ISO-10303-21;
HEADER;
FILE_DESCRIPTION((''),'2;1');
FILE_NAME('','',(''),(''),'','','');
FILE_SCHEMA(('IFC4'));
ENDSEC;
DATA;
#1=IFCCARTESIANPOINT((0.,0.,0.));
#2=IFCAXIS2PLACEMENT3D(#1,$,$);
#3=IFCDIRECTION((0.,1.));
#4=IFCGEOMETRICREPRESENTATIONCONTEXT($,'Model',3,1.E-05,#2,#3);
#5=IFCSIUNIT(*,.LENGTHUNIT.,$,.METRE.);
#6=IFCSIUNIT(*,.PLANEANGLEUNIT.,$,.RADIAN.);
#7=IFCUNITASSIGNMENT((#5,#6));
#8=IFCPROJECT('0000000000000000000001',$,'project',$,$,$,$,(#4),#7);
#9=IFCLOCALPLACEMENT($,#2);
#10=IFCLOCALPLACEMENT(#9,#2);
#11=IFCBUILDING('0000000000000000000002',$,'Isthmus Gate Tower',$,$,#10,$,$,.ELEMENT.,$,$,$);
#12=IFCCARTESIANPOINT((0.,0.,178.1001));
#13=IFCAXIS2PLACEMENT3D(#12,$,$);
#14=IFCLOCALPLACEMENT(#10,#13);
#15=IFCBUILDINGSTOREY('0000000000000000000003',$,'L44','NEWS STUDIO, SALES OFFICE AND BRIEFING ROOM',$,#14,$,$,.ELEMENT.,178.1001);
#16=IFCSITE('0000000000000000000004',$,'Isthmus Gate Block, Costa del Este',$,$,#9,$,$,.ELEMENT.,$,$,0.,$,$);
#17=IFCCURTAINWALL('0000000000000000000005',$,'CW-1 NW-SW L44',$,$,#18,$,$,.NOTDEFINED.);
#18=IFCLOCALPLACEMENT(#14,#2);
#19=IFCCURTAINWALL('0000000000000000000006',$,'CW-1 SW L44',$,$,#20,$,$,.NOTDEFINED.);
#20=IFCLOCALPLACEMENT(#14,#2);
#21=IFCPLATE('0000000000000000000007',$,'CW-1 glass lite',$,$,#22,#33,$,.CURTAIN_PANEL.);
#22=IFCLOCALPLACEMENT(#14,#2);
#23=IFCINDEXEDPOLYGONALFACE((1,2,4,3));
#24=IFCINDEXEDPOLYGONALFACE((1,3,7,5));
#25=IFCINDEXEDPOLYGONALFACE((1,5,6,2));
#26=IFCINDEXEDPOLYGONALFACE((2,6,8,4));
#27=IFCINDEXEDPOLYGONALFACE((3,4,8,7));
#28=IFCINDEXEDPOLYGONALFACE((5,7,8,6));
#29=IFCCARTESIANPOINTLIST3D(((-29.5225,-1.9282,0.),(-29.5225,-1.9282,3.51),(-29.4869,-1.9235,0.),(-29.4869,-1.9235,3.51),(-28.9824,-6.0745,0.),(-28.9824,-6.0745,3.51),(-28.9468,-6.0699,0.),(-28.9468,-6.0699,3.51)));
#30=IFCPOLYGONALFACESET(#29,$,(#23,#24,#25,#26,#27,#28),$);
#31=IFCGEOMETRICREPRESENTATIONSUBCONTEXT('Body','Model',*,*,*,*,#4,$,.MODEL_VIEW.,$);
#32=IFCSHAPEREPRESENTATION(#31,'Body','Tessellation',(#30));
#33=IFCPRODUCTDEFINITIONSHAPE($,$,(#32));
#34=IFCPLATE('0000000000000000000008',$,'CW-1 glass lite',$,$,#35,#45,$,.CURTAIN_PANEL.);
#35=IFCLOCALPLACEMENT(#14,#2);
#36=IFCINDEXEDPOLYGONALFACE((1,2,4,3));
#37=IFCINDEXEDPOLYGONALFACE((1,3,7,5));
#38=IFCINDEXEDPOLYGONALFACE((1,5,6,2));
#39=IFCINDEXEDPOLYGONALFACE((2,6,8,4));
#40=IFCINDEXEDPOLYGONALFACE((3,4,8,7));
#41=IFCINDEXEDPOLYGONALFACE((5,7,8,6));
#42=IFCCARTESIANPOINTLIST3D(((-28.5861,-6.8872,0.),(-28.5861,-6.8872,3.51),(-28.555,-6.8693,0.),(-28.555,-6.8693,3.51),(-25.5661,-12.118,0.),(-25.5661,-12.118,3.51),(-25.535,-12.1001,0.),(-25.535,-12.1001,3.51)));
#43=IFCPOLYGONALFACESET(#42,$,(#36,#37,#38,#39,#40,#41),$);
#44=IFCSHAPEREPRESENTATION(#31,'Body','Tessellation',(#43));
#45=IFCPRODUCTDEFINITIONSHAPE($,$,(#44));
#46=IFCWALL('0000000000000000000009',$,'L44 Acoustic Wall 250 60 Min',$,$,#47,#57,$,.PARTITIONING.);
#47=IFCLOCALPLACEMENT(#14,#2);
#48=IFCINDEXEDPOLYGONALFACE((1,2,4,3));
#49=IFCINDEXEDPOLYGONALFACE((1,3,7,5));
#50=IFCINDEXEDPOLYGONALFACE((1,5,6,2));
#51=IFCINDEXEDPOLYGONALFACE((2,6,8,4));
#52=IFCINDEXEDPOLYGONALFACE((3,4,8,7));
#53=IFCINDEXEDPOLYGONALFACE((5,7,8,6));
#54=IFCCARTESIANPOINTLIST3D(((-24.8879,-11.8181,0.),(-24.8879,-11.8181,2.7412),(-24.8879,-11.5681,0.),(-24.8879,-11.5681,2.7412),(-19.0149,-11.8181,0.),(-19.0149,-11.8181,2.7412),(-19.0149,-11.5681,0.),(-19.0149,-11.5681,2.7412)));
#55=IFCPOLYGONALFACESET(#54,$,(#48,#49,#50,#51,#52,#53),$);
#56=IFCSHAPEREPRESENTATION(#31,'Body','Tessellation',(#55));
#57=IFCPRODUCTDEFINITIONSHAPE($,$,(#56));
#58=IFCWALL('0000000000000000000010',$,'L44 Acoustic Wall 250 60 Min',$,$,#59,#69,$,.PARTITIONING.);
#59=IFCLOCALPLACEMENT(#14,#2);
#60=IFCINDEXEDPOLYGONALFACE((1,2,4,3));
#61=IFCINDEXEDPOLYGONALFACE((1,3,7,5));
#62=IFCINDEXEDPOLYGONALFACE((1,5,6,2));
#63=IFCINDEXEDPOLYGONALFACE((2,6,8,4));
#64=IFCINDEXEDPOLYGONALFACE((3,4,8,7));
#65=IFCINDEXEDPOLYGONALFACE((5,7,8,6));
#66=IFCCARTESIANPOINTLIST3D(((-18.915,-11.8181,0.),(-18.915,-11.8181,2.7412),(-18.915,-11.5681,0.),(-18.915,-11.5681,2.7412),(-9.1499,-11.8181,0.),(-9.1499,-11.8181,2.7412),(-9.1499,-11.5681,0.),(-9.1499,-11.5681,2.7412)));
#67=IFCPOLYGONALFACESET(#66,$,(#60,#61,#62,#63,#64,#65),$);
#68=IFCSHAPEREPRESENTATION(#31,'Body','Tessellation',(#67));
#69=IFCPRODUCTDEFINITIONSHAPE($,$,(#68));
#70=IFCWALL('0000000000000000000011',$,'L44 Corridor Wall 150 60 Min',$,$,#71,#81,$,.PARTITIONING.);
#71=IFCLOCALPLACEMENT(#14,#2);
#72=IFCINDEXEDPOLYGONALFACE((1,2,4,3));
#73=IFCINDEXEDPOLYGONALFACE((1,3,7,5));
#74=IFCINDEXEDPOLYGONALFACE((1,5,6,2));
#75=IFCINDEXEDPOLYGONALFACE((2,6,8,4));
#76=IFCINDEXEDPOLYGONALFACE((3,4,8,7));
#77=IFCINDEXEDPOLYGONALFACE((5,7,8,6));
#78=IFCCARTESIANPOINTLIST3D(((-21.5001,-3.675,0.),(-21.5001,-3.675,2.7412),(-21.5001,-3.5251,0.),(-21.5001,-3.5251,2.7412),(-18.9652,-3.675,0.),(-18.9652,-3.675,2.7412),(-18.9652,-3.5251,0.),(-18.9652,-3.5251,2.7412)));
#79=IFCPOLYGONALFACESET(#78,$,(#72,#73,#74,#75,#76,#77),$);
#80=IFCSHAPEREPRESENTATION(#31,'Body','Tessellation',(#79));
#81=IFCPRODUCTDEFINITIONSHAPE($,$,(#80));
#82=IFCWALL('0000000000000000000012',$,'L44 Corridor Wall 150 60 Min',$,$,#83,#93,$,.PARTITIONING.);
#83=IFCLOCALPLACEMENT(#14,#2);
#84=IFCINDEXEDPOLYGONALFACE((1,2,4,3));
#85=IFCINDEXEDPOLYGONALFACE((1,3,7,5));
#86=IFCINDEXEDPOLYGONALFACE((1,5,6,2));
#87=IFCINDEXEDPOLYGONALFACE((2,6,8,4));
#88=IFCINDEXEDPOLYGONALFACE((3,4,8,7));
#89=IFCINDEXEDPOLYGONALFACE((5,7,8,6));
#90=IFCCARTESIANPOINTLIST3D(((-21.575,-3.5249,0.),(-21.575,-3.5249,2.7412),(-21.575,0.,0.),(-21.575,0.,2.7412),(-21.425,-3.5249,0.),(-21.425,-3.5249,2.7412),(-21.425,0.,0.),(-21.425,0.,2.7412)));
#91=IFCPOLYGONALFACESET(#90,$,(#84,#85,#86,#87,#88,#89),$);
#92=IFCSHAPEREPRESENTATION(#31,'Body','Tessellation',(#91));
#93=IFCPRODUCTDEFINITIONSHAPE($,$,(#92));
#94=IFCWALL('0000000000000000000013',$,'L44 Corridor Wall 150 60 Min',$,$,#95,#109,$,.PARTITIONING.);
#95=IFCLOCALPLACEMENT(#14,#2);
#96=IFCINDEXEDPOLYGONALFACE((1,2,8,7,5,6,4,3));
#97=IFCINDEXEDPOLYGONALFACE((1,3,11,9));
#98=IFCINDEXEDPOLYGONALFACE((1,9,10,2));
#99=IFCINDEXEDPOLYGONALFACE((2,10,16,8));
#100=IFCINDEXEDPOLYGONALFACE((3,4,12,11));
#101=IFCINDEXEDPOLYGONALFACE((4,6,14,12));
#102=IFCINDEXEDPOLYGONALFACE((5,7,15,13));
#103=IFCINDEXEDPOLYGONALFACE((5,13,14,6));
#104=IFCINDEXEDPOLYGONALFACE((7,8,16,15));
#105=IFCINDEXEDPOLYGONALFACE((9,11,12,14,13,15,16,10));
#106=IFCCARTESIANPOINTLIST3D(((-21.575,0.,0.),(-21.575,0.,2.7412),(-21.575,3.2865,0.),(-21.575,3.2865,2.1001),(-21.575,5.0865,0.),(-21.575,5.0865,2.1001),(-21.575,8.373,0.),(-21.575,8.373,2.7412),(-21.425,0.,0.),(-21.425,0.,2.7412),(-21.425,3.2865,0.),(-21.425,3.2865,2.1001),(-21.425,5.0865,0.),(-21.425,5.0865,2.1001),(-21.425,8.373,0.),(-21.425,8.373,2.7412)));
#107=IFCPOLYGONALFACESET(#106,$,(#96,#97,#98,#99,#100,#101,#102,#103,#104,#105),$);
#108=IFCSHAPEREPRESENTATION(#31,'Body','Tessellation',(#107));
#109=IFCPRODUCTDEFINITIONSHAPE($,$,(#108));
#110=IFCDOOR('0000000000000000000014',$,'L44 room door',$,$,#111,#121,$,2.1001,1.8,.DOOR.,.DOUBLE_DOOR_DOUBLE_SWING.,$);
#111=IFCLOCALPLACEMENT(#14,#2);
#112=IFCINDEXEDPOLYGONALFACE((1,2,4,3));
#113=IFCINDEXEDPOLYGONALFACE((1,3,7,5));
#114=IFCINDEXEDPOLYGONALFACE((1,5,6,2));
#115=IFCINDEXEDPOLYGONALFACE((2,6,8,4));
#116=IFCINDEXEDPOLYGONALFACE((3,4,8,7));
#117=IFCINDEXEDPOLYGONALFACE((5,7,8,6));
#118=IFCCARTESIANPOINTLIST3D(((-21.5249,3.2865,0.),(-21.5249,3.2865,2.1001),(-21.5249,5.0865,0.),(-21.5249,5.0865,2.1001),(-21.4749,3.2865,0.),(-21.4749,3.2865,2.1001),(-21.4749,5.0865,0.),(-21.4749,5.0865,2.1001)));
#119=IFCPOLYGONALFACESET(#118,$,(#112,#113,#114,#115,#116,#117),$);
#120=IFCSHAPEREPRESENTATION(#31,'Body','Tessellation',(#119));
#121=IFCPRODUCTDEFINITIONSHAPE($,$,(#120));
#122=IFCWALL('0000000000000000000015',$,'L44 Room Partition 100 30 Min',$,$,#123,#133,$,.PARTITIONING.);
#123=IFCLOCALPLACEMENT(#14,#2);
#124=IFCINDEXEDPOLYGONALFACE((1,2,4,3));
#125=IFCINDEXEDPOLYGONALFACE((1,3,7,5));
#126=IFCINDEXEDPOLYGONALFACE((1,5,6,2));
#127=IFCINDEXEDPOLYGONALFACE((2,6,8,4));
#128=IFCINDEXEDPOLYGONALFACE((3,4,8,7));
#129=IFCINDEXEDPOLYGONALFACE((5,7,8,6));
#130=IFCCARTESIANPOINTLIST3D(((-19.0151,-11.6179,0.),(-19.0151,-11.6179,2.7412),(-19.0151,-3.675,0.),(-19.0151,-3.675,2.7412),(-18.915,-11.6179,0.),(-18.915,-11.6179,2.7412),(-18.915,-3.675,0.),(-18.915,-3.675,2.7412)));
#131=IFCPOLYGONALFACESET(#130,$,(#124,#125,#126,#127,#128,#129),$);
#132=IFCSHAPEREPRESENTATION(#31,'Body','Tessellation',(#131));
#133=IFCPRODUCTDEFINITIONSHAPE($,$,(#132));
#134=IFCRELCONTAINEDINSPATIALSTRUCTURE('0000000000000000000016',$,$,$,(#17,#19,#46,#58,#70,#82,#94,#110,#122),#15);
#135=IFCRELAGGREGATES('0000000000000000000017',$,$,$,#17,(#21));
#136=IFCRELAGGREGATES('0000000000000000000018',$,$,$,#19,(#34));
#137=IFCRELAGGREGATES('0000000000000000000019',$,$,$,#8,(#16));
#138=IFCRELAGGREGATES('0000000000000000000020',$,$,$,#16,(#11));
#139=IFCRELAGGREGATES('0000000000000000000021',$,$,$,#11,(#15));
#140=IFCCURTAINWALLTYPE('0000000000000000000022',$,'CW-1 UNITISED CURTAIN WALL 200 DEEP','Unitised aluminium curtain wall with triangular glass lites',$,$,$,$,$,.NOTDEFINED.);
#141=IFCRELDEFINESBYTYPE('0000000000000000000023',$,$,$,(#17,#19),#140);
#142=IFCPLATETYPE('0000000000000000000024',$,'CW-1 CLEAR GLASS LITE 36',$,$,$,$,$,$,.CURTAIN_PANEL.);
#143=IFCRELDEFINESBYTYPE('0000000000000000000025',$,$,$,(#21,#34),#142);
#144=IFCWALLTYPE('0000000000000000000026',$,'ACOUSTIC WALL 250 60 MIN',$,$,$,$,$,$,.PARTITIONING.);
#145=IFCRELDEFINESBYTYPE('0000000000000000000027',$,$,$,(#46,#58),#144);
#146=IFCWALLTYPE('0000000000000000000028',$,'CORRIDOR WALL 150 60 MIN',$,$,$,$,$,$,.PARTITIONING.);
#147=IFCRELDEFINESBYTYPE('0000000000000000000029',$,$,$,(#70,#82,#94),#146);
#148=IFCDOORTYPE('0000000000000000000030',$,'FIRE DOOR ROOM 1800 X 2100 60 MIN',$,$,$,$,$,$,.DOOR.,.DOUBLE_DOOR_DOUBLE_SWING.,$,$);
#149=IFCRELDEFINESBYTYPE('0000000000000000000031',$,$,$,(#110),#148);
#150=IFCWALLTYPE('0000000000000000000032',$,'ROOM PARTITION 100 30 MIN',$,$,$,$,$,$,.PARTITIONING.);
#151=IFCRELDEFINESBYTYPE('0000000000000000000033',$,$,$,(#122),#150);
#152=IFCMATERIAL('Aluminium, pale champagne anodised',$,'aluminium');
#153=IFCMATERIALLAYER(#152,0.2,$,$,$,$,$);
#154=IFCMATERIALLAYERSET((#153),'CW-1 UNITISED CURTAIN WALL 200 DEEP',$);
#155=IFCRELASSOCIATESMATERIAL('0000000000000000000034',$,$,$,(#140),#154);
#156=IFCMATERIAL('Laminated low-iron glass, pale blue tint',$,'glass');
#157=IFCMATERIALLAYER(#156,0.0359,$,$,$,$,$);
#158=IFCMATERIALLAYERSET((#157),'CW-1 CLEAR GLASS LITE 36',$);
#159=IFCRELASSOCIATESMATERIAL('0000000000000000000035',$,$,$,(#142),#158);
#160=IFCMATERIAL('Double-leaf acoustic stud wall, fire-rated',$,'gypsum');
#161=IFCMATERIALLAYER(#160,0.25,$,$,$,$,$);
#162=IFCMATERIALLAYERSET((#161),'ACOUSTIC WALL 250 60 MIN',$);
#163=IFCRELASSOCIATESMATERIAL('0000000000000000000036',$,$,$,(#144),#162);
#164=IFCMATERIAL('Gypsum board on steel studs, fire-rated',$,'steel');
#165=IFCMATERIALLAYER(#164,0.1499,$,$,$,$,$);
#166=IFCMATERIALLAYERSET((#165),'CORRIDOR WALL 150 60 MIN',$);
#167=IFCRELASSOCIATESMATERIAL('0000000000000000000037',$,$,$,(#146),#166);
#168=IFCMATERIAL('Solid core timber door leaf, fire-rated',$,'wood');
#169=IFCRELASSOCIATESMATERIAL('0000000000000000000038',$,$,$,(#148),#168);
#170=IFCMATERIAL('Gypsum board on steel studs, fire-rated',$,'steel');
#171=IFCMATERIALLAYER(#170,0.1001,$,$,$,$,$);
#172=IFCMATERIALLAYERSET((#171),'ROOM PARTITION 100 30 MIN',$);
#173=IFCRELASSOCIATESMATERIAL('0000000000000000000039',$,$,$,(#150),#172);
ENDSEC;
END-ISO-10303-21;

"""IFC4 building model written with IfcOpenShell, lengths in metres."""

from ifc_helpers import new_model, si_unit, direction, frame, frame_2d, origin, origin_2d, place, context, subcontext, project, spatial, rectangle, extrude, material, layer, layer_set, type_object, element, fill, aggregate, save


model = new_model("IFC4")

# Units and contexts
model_context = context("Model", 3, precision=1e-05, world=origin(), true_north=direction((0.0, 1.0)))
body_context = subcontext(model_context, "Body", "Model", "MODEL_VIEW")
ifc_project = project(units=[si_unit("LENGTHUNIT", "METRE"), si_unit("PLANEANGLEUNIT", "RADIAN")], contexts=[model_context])

# Site, building, storey
site_placement = place(None, origin())
site = spatial("IfcSite", under=ifc_project, at=site_placement, Name="Isthmus Gate Block, Costa del Este", CompositionType="ELEMENT", RefElevation=0.0)
building_placement = place(site_placement, origin())
building = spatial("IfcBuilding", under=site, at=building_placement, Name="Isthmus Gate Tower", CompositionType="ELEMENT")
storey_placement = place(building_placement, frame((0.0, 0.0, 178.1001)))
storey = spatial("IfcBuildingStorey", under=building, at=storey_placement, Name="L44", Description="NEWS STUDIO, SALES OFFICE AND BRIEFING ROOM", CompositionType="ELEMENT", Elevation=178.1001)

# Curtain walls
ifc_material_1 = material(Name="Aluminium, pale champagne anodised", Category="aluminium")
ifc_layer_1 = layer(ifc_material_1, 0.2)
ifc_layer_set_1 = layer_set([ifc_layer_1], Name="CW-1 UNITISED CURTAIN WALL 200 DEEP")
curtain_wall_type = type_object("IfcCurtainWallType", Name="CW-1 UNITISED CURTAIN WALL 200 DEEP", Description="Unitised aluminium curtain wall with triangular glass lites", PredefinedType="NOTDEFINED", material=ifc_layer_set_1)
curtain_wall_1_placement = place(storey_placement, origin())
curtain_wall_1 = element("IfcCurtainWall", 1, at=curtain_wall_1_placement, inside=storey, type_object=curtain_wall_type, Name="CW-1 NW-SW L44", PredefinedType="NOTDEFINED")
curtain_wall_2_placement = place(storey_placement, origin())
curtain_wall_2 = element("IfcCurtainWall", 2, at=curtain_wall_2_placement, inside=storey, type_object=curtain_wall_type, Name="CW-1 SW L44", PredefinedType="NOTDEFINED")

# Shared definitions
ifc_material_2 = material(Name="Laminated low-iron glass, pale blue tint", Category="glass")
ifc_layer_2 = layer(ifc_material_2, 0.0359)
ifc_layer_set_2 = layer_set([ifc_layer_2], Name="CW-1 CLEAR GLASS LITE 36")
plate_type = type_object("IfcPlateType", Name="CW-1 CLEAR GLASS LITE 36", PredefinedType="CURTAIN_PANEL", material=ifc_layer_set_2)

# Plates
plate_1_placement = place(storey_placement, frame((-29.2346, -3.999, 0.0), z_axis=(0.0, 0.0, 1.0), x_axis=(0.129165, -0.991623, 0.0)))
plate_1 = element("IfcPlate", 3, at=plate_1_placement, type_object=plate_type, Name="CW-1 glass lite", PredefinedType="CURTAIN_PANEL", context=body_context, shape_type="SweptSolid", body=[
    extrude(rectangle(XDim=4.1814, YDim=0.0359, at=origin_2d()), origin(), (0.0, 0.0, 1.0), 3.51),
])
aggregate(curtain_wall_1, [plate_1])
plate_2_placement = place(storey_placement, frame((-27.0605, -9.4937, 0.0), z_axis=(0.0, 0.0, 1.0), x_axis=(0.5, -0.866025, 0.0)))
plate_2 = element("IfcPlate", 4, at=plate_2_placement, type_object=plate_type, Name="CW-1 glass lite", PredefinedType="CURTAIN_PANEL", context=body_context, shape_type="SweptSolid", body=[
    extrude(rectangle(XDim=6.04, YDim=0.0359, at=origin_2d()), origin(), (0.0, 0.0, 1.0), 3.51),
])
aggregate(curtain_wall_2, [plate_2])

# Walls
ifc_material_3 = material(Name="Double-leaf acoustic stud wall, fire-rated", Category="gypsum")
ifc_layer_3 = layer(ifc_material_3, 0.25)
ifc_layer_set_3 = layer_set([ifc_layer_3], Name="ACOUSTIC WALL 250 60 MIN")
wall_type_1 = type_object("IfcWallType", Name="ACOUSTIC WALL 250 60 MIN", PredefinedType="PARTITIONING", material=ifc_layer_set_3)
wall_1_placement = place(storey_placement, frame((-24.8879, -11.6931, 0.0), z_axis=(0.0, 0.0, 1.0), x_axis=(1.0, 0.0, 0.0)))
element("IfcWall", 5, at=wall_1_placement, inside=storey, type_object=wall_type_1, Name="L44 Acoustic Wall 250 60 Min", PredefinedType="PARTITIONING", context=body_context, shape_type="SweptSolid", body=[
    extrude(rectangle(XDim=5.873, YDim=0.25, at=frame_2d((2.9365, 0.0))), origin(), (0.0, 0.0, 1.0), 2.7412),
])
wall_2_placement = place(storey_placement, frame((-18.915, -11.6931, 0.0), z_axis=(0.0, 0.0, 1.0), x_axis=(1.0, 0.0, 0.0)))
element("IfcWall", 6, at=wall_2_placement, inside=storey, type_object=wall_type_1, Name="L44 Acoustic Wall 250 60 Min", PredefinedType="PARTITIONING", context=body_context, shape_type="SweptSolid", body=[
    extrude(rectangle(XDim=9.7651, YDim=0.25, at=frame_2d((4.8826, 0.0))), origin(), (0.0, 0.0, 1.0), 2.7412),
])
ifc_material_4 = material(Name="Gypsum board on steel studs, fire-rated", Category="steel")
ifc_layer_4 = layer(ifc_material_4, 0.1499)
ifc_layer_set_4 = layer_set([ifc_layer_4], Name="CORRIDOR WALL 150 60 MIN")
wall_type_2 = type_object("IfcWallType", Name="CORRIDOR WALL 150 60 MIN", PredefinedType="PARTITIONING", material=ifc_layer_set_4)
wall_3_placement = place(storey_placement, frame((-18.9651, -3.6001, 0.0), z_axis=(0.0, 0.0, 1.0), x_axis=(-1.0, 0.0, 0.0)))
element("IfcWall", 7, at=wall_3_placement, inside=storey, type_object=wall_type_2, Name="L44 Corridor Wall 150 60 Min", PredefinedType="PARTITIONING", context=body_context, shape_type="SweptSolid", body=[
    extrude(rectangle(XDim=2.5349, YDim=0.1499, at=frame_2d((1.2676, 0.0))), origin(), (0.0, 0.0, 1.0), 2.7412),
])
wall_4_placement = place(storey_placement, frame((-21.5, -3.5249, 0.0), z_axis=(0.0, 0.0, 1.0), x_axis=(0.0, 1.0, 0.0)))
element("IfcWall", 8, at=wall_4_placement, inside=storey, type_object=wall_type_2, Name="L44 Corridor Wall 150 60 Min", PredefinedType="PARTITIONING", context=body_context, shape_type="SweptSolid", body=[
    extrude(rectangle(XDim=3.5249, YDim=0.1499, at=frame_2d((1.7625, 0.0))), origin(), (0.0, 0.0, 1.0), 2.7412),
])

# Wall, opening, door
wall_5_placement = place(storey_placement, frame((-21.5, 0.0, 0.0), z_axis=(0.0, 0.0, 1.0), x_axis=(0.0, 1.0, 0.0)))
wall_5 = element("IfcWall", 9, at=wall_5_placement, inside=storey, type_object=wall_type_2, Name="L44 Corridor Wall 150 60 Min", PredefinedType="PARTITIONING", context=body_context, shape_type="SweptSolid", body=[
    extrude(rectangle(XDim=8.373, YDim=0.1499, at=frame_2d((4.1865, 0.0))), origin(), (0.0, 0.0, 1.0), 2.7412),
])
opening_placement = place(wall_5_placement, frame((3.2866, 0.0, 0.0)))
opening = element("IfcOpeningElement", 10, at=opening_placement, cuts=wall_5, PredefinedType="OPENING", context=body_context, shape_type="SweptSolid", body=[
    extrude(rectangle(XDim=1.8, YDim=2.1001, at=frame_2d((0.8999, 1.05))), frame((0.0, 0.085, 0.0), z_axis=(0.0, -1.0, 0.0), x_axis=(1.0, 0.0, 0.0)), (0.0, 0.0, 1.0), 0.1699),
])
ifc_material_5 = material(Name="Solid core timber door leaf, fire-rated", Category="wood")
door_type = type_object("IfcDoorType", Name="FIRE DOOR ROOM 1800 X 2100 60 MIN", OperationType="DOUBLE_DOOR_DOUBLE_SWING", PredefinedType="DOOR", material=ifc_material_5)
door_placement = place(opening_placement, origin())
door = element("IfcDoor", 11, at=door_placement, inside=storey, type_object=door_type, Name="L44 room door", OperationType="DOUBLE_DOOR_DOUBLE_SWING", OverallHeight=2.1001, OverallWidth=1.8, PredefinedType="DOOR", context=body_context, shape_type="SweptSolid", body=[
    extrude(rectangle(XDim=1.8, YDim=2.1001, at=frame_2d((0.8999, 1.05))), frame((0.0, 0.0249, 0.0), z_axis=(0.0, -1.0, 0.0), x_axis=(1.0, 0.0, 0.0)), (0.0, 0.0, 1.0), 0.05),
])
fill(opening, door)

# Wall
ifc_material_6 = material(Name="Gypsum board on steel studs, fire-rated", Category="steel")
ifc_layer_5 = layer(ifc_material_6, 0.1001)
ifc_layer_set_5 = layer_set([ifc_layer_5], Name="ROOM PARTITION 100 30 MIN")
wall_type_3 = type_object("IfcWallType", Name="ROOM PARTITION 100 30 MIN", PredefinedType="PARTITIONING", material=ifc_layer_set_5)
wall_6_placement = place(storey_placement, frame((-18.9651, -11.6179, 0.0), z_axis=(0.0, 0.0, 1.0), x_axis=(0.0, 1.0, 0.0)))
element("IfcWall", 12, at=wall_6_placement, inside=storey, type_object=wall_type_3, Name="L44 Room Partition 100 30 Min", PredefinedType="PARTITIONING", context=body_context, shape_type="SweptSolid", body=[
    extrude(rectangle(XDim=7.9429, YDim=0.1001, at=frame_2d((3.9714, 0.0))), origin(), (0.0, 0.0, 1.0), 2.7412),
])

save(model, "model.ifc")
